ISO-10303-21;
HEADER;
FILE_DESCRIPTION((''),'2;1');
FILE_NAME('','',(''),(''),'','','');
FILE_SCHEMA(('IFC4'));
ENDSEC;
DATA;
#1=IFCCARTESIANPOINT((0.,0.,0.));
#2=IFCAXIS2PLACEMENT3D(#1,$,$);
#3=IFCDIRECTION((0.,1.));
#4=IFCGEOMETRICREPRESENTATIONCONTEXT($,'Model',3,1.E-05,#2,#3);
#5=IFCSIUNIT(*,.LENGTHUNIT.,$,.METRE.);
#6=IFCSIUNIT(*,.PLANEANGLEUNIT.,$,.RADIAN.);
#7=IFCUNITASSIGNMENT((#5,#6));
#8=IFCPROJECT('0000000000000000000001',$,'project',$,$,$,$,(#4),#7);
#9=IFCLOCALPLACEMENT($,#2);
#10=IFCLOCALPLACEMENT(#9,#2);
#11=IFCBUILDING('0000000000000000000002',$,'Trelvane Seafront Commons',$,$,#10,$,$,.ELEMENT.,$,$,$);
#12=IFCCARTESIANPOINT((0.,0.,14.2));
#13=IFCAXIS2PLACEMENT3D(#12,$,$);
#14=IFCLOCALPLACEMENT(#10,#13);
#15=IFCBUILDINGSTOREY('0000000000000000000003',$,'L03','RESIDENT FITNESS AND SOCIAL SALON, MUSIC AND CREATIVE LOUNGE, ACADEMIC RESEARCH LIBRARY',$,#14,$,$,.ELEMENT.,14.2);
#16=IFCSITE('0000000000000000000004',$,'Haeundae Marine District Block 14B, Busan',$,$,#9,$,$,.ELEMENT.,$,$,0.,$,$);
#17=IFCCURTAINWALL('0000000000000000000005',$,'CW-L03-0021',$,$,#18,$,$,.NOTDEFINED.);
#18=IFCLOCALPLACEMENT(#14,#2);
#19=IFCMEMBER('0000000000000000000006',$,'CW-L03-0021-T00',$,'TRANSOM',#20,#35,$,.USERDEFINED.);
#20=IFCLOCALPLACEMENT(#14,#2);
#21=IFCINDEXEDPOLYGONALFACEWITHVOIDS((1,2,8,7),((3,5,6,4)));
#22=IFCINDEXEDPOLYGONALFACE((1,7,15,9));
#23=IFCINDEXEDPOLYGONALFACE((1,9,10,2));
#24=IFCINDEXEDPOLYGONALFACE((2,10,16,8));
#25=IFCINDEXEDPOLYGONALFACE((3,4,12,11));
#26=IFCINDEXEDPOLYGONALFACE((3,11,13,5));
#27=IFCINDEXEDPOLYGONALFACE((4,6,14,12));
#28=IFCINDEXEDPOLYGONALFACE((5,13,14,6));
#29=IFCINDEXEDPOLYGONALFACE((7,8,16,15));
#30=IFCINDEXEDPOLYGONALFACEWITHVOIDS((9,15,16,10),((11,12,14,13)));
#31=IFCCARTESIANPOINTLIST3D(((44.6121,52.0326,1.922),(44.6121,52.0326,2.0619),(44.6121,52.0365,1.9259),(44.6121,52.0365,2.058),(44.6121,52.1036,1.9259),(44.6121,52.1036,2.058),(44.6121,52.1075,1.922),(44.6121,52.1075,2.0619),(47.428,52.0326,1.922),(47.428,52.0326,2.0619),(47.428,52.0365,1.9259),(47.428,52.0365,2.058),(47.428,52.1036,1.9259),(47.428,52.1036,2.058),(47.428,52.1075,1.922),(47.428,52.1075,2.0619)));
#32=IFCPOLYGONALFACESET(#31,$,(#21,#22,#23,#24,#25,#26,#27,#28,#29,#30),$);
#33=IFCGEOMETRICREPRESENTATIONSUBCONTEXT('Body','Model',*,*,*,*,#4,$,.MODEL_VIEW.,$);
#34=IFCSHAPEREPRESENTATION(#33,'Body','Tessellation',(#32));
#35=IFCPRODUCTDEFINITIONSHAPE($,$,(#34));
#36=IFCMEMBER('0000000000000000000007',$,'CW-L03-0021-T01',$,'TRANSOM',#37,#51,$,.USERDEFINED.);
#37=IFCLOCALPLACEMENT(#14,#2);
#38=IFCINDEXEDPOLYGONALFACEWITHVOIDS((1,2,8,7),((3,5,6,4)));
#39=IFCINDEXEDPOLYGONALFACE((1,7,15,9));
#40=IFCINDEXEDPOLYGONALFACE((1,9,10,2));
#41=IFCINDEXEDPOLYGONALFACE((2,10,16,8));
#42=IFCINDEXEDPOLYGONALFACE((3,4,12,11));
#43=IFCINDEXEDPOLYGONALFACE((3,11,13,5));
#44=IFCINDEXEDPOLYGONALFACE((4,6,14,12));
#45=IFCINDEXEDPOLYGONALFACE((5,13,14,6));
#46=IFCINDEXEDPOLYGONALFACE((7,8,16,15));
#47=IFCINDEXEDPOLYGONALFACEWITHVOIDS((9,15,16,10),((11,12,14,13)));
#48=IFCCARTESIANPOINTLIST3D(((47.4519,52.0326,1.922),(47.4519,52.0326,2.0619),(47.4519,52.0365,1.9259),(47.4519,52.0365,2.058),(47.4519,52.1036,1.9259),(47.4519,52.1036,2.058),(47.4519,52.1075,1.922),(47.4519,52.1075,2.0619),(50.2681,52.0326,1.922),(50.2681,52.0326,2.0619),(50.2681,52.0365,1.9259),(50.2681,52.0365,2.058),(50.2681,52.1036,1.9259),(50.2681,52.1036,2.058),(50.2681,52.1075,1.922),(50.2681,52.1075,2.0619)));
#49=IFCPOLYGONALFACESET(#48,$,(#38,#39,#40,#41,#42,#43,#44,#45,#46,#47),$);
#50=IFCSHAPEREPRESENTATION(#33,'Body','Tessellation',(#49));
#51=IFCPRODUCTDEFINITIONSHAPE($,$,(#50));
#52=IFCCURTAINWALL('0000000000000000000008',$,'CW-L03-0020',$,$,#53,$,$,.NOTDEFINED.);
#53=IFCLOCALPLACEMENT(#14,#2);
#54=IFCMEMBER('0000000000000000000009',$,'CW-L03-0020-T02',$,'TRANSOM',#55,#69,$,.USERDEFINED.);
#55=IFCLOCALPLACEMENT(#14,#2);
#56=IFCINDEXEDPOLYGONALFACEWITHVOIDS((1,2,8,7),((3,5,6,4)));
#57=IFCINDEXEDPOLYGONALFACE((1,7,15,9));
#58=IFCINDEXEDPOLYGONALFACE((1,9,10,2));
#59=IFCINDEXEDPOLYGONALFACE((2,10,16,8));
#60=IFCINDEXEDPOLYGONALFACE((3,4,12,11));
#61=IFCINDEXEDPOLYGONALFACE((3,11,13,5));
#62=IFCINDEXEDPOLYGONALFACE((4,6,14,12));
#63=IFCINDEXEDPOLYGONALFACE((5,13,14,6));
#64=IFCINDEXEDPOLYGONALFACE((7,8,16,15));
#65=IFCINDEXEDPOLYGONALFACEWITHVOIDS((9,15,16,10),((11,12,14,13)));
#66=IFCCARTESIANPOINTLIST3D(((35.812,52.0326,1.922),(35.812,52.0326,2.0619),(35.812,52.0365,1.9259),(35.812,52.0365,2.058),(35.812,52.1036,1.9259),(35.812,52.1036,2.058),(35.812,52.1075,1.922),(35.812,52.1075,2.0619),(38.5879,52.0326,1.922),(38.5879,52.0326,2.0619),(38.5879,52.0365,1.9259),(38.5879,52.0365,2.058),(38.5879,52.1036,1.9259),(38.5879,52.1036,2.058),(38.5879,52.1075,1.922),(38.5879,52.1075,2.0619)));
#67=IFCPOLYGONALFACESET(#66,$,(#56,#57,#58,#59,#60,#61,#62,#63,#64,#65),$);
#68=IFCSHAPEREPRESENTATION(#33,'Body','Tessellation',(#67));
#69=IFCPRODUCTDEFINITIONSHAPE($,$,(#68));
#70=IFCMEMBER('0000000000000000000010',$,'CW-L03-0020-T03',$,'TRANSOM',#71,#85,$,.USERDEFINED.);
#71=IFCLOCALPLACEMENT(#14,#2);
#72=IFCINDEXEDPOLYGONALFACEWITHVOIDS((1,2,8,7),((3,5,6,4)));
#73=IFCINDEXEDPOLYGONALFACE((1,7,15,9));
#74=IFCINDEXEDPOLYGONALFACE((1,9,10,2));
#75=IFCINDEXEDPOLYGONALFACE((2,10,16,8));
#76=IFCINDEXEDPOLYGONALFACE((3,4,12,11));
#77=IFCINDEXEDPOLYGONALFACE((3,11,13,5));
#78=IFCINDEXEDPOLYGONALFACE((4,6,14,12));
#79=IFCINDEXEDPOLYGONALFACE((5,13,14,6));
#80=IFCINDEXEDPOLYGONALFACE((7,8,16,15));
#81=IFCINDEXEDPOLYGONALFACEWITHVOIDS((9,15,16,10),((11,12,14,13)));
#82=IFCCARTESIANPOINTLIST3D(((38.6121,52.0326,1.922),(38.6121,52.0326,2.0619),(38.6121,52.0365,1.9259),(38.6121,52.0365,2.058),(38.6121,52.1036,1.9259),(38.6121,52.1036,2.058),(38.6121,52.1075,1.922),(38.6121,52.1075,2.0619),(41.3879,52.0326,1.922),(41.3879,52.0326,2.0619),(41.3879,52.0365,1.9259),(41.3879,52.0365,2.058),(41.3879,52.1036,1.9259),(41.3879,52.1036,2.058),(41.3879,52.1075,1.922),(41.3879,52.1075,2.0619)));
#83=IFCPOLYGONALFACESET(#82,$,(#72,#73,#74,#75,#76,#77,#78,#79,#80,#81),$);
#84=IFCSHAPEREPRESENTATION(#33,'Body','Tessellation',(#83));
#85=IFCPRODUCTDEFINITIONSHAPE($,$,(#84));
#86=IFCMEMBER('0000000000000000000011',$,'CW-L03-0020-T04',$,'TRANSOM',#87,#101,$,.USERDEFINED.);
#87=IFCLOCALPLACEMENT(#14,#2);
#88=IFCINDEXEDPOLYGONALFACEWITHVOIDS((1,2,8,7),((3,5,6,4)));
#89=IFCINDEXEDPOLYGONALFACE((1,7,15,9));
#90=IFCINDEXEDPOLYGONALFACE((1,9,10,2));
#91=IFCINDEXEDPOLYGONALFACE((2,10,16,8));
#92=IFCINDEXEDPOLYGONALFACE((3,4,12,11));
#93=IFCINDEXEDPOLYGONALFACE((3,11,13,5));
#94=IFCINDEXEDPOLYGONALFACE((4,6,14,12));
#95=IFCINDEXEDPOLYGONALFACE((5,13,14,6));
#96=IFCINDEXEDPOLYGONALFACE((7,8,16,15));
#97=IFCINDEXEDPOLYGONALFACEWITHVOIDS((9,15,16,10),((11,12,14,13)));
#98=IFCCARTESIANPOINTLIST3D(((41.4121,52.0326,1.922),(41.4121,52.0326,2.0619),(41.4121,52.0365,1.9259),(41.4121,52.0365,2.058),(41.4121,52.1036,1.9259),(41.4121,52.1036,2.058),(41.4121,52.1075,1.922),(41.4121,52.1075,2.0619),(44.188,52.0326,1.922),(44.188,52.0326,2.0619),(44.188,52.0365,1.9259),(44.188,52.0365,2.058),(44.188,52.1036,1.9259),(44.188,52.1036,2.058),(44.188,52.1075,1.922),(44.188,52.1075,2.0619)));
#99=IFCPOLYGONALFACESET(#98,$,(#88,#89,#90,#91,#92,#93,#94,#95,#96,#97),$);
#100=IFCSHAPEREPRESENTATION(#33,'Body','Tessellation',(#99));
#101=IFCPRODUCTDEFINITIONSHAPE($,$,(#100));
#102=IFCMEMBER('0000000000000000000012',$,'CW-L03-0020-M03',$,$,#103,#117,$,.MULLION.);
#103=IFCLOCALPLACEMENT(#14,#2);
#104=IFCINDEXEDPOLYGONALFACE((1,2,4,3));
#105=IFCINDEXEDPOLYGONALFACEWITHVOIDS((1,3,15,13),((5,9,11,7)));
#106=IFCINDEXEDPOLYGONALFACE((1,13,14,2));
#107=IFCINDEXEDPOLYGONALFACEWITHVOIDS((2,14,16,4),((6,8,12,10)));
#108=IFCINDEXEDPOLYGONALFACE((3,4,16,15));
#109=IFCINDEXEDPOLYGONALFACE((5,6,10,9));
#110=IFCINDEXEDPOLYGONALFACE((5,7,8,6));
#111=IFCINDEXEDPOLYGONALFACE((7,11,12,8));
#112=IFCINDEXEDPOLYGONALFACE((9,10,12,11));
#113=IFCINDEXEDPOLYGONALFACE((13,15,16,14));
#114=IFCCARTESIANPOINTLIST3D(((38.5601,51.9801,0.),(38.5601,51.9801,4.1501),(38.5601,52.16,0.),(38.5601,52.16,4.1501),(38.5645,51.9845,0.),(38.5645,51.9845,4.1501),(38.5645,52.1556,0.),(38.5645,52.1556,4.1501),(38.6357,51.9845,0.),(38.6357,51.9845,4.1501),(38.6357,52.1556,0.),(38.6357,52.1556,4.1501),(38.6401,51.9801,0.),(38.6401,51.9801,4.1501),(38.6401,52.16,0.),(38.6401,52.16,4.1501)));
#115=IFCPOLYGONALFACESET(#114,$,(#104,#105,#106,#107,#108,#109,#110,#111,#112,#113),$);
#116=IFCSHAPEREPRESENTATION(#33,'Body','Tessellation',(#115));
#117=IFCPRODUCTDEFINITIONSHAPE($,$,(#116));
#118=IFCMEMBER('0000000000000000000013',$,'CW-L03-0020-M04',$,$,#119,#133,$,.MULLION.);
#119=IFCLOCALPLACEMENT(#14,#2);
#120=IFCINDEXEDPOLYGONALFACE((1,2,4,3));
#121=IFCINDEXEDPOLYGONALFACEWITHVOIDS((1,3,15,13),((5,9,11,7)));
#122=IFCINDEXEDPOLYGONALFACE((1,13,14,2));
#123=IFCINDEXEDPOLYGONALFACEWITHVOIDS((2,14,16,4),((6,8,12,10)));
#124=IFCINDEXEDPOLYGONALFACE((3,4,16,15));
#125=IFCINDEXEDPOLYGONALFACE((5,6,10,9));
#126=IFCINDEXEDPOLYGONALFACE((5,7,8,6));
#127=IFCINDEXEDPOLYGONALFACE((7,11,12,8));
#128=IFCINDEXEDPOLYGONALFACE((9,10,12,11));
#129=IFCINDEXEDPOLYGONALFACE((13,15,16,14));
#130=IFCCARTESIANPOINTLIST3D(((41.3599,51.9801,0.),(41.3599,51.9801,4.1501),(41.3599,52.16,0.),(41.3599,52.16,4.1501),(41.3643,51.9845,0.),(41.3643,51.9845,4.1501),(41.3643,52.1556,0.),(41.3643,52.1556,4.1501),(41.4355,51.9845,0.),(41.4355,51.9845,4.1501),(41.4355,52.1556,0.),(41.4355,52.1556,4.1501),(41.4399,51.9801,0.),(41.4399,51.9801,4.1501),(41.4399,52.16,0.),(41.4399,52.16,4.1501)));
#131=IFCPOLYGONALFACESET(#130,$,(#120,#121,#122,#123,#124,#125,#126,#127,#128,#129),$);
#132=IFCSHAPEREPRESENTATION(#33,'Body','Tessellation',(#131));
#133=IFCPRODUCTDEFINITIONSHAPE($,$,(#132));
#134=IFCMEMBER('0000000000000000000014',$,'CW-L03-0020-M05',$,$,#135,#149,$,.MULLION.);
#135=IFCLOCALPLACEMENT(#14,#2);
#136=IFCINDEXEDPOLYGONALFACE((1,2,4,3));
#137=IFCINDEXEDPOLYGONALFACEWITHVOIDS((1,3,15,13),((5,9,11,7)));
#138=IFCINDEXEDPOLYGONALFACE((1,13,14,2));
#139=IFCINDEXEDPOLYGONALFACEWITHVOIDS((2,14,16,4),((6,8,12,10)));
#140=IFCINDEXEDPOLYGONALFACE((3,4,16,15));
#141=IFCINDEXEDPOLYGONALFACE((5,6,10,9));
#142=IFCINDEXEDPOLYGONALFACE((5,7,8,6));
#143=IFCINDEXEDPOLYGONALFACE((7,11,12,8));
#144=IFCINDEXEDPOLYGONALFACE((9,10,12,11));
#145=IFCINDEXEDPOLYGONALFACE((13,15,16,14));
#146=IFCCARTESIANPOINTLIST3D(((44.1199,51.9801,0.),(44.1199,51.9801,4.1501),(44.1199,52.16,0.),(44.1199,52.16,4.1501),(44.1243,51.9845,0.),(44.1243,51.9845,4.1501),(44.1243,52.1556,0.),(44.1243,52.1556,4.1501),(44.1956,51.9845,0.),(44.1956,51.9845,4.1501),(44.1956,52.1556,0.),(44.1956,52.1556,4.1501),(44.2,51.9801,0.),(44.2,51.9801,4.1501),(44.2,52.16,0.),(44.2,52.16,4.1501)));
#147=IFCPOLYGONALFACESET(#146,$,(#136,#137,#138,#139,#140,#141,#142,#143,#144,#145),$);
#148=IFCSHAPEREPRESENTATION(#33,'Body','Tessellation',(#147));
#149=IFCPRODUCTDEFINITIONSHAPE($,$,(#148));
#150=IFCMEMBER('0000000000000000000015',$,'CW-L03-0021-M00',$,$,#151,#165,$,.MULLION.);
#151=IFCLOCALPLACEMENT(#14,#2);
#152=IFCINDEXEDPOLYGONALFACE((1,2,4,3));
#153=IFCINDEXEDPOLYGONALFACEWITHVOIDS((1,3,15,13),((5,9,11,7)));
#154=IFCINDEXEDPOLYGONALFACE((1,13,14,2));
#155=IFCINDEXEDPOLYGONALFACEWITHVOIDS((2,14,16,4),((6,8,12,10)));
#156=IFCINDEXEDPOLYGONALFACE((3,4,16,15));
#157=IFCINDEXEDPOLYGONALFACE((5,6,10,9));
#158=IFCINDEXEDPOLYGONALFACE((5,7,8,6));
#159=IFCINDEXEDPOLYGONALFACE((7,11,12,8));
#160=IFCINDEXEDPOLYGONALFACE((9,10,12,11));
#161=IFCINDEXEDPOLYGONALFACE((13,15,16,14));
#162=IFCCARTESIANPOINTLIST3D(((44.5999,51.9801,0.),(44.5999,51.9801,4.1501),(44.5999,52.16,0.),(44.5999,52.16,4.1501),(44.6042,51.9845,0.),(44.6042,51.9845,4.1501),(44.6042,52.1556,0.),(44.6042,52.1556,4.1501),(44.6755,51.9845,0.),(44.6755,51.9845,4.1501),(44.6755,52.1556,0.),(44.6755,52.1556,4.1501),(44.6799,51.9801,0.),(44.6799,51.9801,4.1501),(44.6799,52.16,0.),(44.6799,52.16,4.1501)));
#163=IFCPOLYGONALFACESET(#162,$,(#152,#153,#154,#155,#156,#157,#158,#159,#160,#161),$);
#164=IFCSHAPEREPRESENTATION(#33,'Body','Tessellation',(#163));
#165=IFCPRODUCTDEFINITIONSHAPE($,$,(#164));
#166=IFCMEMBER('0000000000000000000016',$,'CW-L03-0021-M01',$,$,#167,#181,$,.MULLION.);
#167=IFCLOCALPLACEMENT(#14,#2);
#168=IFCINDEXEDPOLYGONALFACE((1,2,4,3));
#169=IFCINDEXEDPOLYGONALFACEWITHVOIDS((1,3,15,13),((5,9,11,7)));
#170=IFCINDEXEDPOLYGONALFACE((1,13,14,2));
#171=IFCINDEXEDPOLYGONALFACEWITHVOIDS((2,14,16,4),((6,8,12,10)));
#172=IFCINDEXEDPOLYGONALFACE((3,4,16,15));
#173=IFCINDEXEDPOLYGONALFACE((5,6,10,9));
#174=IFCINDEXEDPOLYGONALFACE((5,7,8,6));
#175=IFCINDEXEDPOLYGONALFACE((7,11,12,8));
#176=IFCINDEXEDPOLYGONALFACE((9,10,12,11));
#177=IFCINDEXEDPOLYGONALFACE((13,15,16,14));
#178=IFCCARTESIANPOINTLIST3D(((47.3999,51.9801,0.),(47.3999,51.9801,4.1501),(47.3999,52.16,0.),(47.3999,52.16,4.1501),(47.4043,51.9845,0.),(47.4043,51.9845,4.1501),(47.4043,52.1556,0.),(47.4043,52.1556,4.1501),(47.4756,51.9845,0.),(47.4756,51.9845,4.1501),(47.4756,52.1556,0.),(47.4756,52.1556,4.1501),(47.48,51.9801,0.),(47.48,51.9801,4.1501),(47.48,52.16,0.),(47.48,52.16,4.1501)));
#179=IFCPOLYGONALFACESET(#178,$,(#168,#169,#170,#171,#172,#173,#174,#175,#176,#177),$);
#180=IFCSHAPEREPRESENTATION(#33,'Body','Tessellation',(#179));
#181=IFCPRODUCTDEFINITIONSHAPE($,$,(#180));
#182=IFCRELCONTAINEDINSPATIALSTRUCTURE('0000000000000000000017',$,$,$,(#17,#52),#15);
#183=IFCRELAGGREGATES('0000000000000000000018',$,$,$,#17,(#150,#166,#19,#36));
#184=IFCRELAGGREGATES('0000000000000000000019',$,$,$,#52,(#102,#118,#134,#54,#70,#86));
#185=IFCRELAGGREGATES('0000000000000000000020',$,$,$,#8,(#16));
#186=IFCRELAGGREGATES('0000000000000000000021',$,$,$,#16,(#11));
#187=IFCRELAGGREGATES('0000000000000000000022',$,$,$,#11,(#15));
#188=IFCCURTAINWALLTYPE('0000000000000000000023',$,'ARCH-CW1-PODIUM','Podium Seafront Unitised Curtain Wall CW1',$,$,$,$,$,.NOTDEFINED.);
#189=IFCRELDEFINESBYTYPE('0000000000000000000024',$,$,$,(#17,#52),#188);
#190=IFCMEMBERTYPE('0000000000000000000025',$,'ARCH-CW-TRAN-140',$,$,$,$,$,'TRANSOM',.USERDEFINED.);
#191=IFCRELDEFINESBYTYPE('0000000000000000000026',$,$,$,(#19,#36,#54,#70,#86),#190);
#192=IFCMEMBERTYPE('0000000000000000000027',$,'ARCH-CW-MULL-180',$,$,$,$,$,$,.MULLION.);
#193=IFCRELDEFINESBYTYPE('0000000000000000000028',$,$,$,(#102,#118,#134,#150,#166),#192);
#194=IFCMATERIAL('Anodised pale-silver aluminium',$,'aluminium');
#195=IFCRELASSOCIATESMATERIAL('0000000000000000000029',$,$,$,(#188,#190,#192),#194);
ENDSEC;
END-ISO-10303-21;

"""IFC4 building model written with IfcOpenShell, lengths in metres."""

from ifc_helpers import new_model, si_unit, direction, frame, origin, origin_2d, place, context, subcontext, project, spatial, hollow_rectangle, extrude, source, transform, mapped, material, material_profile, profile_set, type_object, element, aggregate, save


model = new_model("IFC4")

# Units and contexts
model_context = context("Model", 3, precision=1e-05, world=origin(), true_north=direction((0.0, 1.0)))
body_context = subcontext(model_context, "Body", "Model", "MODEL_VIEW")
ifc_project = project(units=[si_unit("LENGTHUNIT", "METRE"), si_unit("PLANEANGLEUNIT", "RADIAN")], contexts=[model_context])

# Site, building, storey
site_placement = place(None, origin())
site = spatial("IfcSite", under=ifc_project, at=site_placement, Name="Haeundae Marine District Block 14B, Busan", CompositionType="ELEMENT", RefElevation=0.0)
building_placement = place(site_placement, origin())
building = spatial("IfcBuilding", under=site, at=building_placement, Name="Trelvane Seafront Commons", CompositionType="ELEMENT")
storey_placement = place(building_placement, frame((0.0, 0.0, 14.2)))
storey = spatial("IfcBuildingStorey", under=building, at=storey_placement, Name="L03", Description="RESIDENT FITNESS AND SOCIAL SALON, MUSIC AND CREATIVE LOUNGE, ACADEMIC RESEARCH LIBRARY", CompositionType="ELEMENT", Elevation=14.2)

# Curtain walls, members
ifc_material_1 = material(Name="Anodised pale-silver aluminium", Category="aluminium")
curtain_wall_type = type_object("IfcCurtainWallType", Name="ARCH-CW1-PODIUM", Description="Podium Seafront Unitised Curtain Wall CW1", PredefinedType="NOTDEFINED", material=ifc_material_1)
curtain_wall_1_placement = place(storey_placement, origin())
curtain_wall_1 = element("IfcCurtainWall", 1, at=curtain_wall_1_placement, inside=storey, type_object=curtain_wall_type, Name="CW-L03-0021", PredefinedType="NOTDEFINED")
ifc_material_profile_1 = material_profile(ifc_material_1, hollow_rectangle(XDim=0.075, YDim=0.1399, WallThickness=0.0039, at=origin_2d()), Name="TRAN-75x140x4")
ifc_profile_set_1 = profile_set([ifc_material_profile_1], Name="Anodised pale-silver aluminium")
member_type_1 = type_object("IfcMemberType", Name="ARCH-CW-TRAN-140", ElementType="TRANSOM", PredefinedType="USERDEFINED", material=ifc_profile_set_1)
shared_shape_1 = source(origin(), body_context, "Body", "SweptSolid", [
    extrude(hollow_rectangle(XDim=0.075, YDim=0.1399, WallThickness=0.0039, at=origin_2d()), origin(), (0.0, 0.0, 1.0), 2.8159),
])
member_1_placement = place(storey_placement, frame((44.6121, 52.0701, 1.9919), z_axis=(1.0, 0.0, 0.0), x_axis=(0.0, 1.0, 0.0)))
member_1 = element("IfcMember", 2, at=member_1_placement, type_object=member_type_1, Name="CW-L03-0021-T00", ObjectType="TRANSOM", PredefinedType="USERDEFINED", context=body_context, shape_type="MappedRepresentation", body=[
    mapped(shared_shape_1, transform((0.0, 0.0, 0.0), x_axis=(1.0, 0.0, 0.0), y_axis=(0.0, 1.0, 0.0), z_axis=(0.0, 0.0, 1.0), scale=1.0)),
])
shared_shape_2 = source(origin(), body_context, "Body", "SweptSolid", [
    extrude(hollow_rectangle(XDim=0.075, YDim=0.1399, WallThickness=0.0039, at=origin_2d()), origin(), (0.0, 0.0, 1.0), 2.8162),
])
member_2_placement = place(storey_placement, frame((47.4519, 52.0701, 1.9919), z_axis=(1.0, 0.0, 0.0), x_axis=(0.0, 1.0, 0.0)))
member_2 = element("IfcMember", 3, at=member_2_placement, type_object=member_type_1, Name="CW-L03-0021-T01", ObjectType="TRANSOM", PredefinedType="USERDEFINED", context=body_context, shape_type="MappedRepresentation", body=[
    mapped(shared_shape_2, transform((0.0, 0.0, 0.0), x_axis=(1.0, 0.0, 0.0), y_axis=(0.0, 1.0, 0.0), z_axis=(0.0, 0.0, 1.0), scale=1.0)),
])
curtain_wall_2_placement = place(storey_placement, origin())
curtain_wall_2 = element("IfcCurtainWall", 4, at=curtain_wall_2_placement, inside=storey, type_object=curtain_wall_type, Name="CW-L03-0020", PredefinedType="NOTDEFINED")
shared_shape_3 = source(origin(), body_context, "Body", "SweptSolid", [
    extrude(hollow_rectangle(XDim=0.075, YDim=0.1399, WallThickness=0.0039, at=origin_2d()), origin(), (0.0, 0.0, 1.0), 2.7759),
])
member_3_placement = place(storey_placement, frame((35.812, 52.0701, 1.9919), z_axis=(1.0, 0.0, 0.0), x_axis=(0.0, 1.0, 0.0)))
member_3 = element("IfcMember", 5, at=member_3_placement, type_object=member_type_1, Name="CW-L03-0020-T02", ObjectType="TRANSOM", PredefinedType="USERDEFINED", context=body_context, shape_type="MappedRepresentation", body=[
    mapped(shared_shape_3, transform((0.0, 0.0, 0.0), x_axis=(1.0, 0.0, 0.0), y_axis=(0.0, 1.0, 0.0), z_axis=(0.0, 0.0, 1.0), scale=1.0)),
])
member_4_placement = place(storey_placement, frame((38.6121, 52.0701, 1.9919), z_axis=(1.0, 0.0, 0.0), x_axis=(0.0, 1.0, 0.0)))
member_4 = element("IfcMember", 6, at=member_4_placement, type_object=member_type_1, Name="CW-L03-0020-T03", ObjectType="TRANSOM", PredefinedType="USERDEFINED", context=body_context, shape_type="MappedRepresentation", body=[
    mapped(shared_shape_3, transform((0.0, 0.0, 0.0), x_axis=(1.0, 0.0, 0.0), y_axis=(0.0, 1.0, 0.0), z_axis=(0.0, 0.0, 1.0), scale=1.0)),
])
member_5_placement = place(storey_placement, frame((41.4121, 52.0701, 1.9919), z_axis=(1.0, 0.0, 0.0), x_axis=(0.0, 1.0, 0.0)))
member_5 = element("IfcMember", 7, at=member_5_placement, type_object=member_type_1, Name="CW-L03-0020-T04", ObjectType="TRANSOM", PredefinedType="USERDEFINED", context=body_context, shape_type="MappedRepresentation", body=[
    mapped(shared_shape_3, transform((0.0, 0.0, 0.0), x_axis=(1.0, 0.0, 0.0), y_axis=(0.0, 1.0, 0.0), z_axis=(0.0, 0.0, 1.0), scale=1.0)),
])
ifc_material_profile_2 = material_profile(ifc_material_1, hollow_rectangle(XDim=0.0801, YDim=0.1799, WallThickness=0.0044, at=origin_2d()), Name="MULL-80x180x4.5")
ifc_profile_set_2 = profile_set([ifc_material_profile_2], Name="Anodised pale-silver aluminium")
member_type_2 = type_object("IfcMemberType", Name="ARCH-CW-MULL-180", PredefinedType="MULLION", material=ifc_profile_set_2)
shared_shape_4 = source(origin(), body_context, "Body", "SweptSolid", [
    extrude(hollow_rectangle(XDim=0.0801, YDim=0.1799, WallThickness=0.0044, at=origin_2d()), origin(), (0.0, 0.0, 1.0), 4.1501),
])
member_6_placement = place(storey_placement, frame((38.6001, 52.0701, 0.0), z_axis=(0.0, 0.0, 1.0), x_axis=(1.0, 0.0, 0.0)))
member_6 = element("IfcMember", 8, at=member_6_placement, type_object=member_type_2, Name="CW-L03-0020-M03", PredefinedType="MULLION", context=body_context, shape_type="MappedRepresentation", body=[
    mapped(shared_shape_4, transform((0.0, 0.0, 0.0), x_axis=(1.0, 0.0, 0.0), y_axis=(0.0, 1.0, 0.0), z_axis=(0.0, 0.0, 1.0), scale=1.0)),
])
member_7_placement = place(storey_placement, frame((41.3999, 52.0701, 0.0), z_axis=(0.0, 0.0, 1.0), x_axis=(1.0, 0.0, 0.0)))
member_7 = element("IfcMember", 9, at=member_7_placement, type_object=member_type_2, Name="CW-L03-0020-M04", PredefinedType="MULLION", context=body_context, shape_type="MappedRepresentation", body=[
    mapped(shared_shape_4, transform((0.0, 0.0, 0.0), x_axis=(1.0, 0.0, 0.0), y_axis=(0.0, 1.0, 0.0), z_axis=(0.0, 0.0, 1.0), scale=1.0)),
])
member_8_placement = place(storey_placement, frame((44.1599, 52.0701, 0.0), z_axis=(0.0, 0.0, 1.0), x_axis=(1.0, 0.0, 0.0)))
member_8 = element("IfcMember", 10, at=member_8_placement, type_object=member_type_2, Name="CW-L03-0020-M05", PredefinedType="MULLION", context=body_context, shape_type="MappedRepresentation", body=[
    mapped(shared_shape_4, transform((0.0, 0.0, 0.0), x_axis=(1.0, 0.0, 0.0), y_axis=(0.0, 1.0, 0.0), z_axis=(0.0, 0.0, 1.0), scale=1.0)),
])

# Members
member_9_placement = place(storey_placement, frame((44.6399, 52.0701, 0.0), z_axis=(0.0, 0.0, 1.0), x_axis=(1.0, 0.0, 0.0)))
member_9 = element("IfcMember", 11, at=member_9_placement, type_object=member_type_2, Name="CW-L03-0021-M00", PredefinedType="MULLION", context=body_context, shape_type="MappedRepresentation", body=[
    mapped(shared_shape_4, transform((0.0, 0.0, 0.0), x_axis=(1.0, 0.0, 0.0), y_axis=(0.0, 1.0, 0.0), z_axis=(0.0, 0.0, 1.0), scale=1.0)),
])
member_10_placement = place(storey_placement, frame((47.4399, 52.0701, 0.0), z_axis=(0.0, 0.0, 1.0), x_axis=(1.0, 0.0, 0.0)))
member_10 = element("IfcMember", 12, at=member_10_placement, type_object=member_type_2, Name="CW-L03-0021-M01", PredefinedType="MULLION", context=body_context, shape_type="MappedRepresentation", body=[
    mapped(shared_shape_4, transform((0.0, 0.0, 0.0), x_axis=(1.0, 0.0, 0.0), y_axis=(0.0, 1.0, 0.0), z_axis=(0.0, 0.0, 1.0), scale=1.0)),
])

aggregate(curtain_wall_1, [member_9, member_10, member_1, member_2])
aggregate(curtain_wall_2, [member_6, member_7, member_8, member_3, member_4, member_5])

save(model, "model.ifc")
